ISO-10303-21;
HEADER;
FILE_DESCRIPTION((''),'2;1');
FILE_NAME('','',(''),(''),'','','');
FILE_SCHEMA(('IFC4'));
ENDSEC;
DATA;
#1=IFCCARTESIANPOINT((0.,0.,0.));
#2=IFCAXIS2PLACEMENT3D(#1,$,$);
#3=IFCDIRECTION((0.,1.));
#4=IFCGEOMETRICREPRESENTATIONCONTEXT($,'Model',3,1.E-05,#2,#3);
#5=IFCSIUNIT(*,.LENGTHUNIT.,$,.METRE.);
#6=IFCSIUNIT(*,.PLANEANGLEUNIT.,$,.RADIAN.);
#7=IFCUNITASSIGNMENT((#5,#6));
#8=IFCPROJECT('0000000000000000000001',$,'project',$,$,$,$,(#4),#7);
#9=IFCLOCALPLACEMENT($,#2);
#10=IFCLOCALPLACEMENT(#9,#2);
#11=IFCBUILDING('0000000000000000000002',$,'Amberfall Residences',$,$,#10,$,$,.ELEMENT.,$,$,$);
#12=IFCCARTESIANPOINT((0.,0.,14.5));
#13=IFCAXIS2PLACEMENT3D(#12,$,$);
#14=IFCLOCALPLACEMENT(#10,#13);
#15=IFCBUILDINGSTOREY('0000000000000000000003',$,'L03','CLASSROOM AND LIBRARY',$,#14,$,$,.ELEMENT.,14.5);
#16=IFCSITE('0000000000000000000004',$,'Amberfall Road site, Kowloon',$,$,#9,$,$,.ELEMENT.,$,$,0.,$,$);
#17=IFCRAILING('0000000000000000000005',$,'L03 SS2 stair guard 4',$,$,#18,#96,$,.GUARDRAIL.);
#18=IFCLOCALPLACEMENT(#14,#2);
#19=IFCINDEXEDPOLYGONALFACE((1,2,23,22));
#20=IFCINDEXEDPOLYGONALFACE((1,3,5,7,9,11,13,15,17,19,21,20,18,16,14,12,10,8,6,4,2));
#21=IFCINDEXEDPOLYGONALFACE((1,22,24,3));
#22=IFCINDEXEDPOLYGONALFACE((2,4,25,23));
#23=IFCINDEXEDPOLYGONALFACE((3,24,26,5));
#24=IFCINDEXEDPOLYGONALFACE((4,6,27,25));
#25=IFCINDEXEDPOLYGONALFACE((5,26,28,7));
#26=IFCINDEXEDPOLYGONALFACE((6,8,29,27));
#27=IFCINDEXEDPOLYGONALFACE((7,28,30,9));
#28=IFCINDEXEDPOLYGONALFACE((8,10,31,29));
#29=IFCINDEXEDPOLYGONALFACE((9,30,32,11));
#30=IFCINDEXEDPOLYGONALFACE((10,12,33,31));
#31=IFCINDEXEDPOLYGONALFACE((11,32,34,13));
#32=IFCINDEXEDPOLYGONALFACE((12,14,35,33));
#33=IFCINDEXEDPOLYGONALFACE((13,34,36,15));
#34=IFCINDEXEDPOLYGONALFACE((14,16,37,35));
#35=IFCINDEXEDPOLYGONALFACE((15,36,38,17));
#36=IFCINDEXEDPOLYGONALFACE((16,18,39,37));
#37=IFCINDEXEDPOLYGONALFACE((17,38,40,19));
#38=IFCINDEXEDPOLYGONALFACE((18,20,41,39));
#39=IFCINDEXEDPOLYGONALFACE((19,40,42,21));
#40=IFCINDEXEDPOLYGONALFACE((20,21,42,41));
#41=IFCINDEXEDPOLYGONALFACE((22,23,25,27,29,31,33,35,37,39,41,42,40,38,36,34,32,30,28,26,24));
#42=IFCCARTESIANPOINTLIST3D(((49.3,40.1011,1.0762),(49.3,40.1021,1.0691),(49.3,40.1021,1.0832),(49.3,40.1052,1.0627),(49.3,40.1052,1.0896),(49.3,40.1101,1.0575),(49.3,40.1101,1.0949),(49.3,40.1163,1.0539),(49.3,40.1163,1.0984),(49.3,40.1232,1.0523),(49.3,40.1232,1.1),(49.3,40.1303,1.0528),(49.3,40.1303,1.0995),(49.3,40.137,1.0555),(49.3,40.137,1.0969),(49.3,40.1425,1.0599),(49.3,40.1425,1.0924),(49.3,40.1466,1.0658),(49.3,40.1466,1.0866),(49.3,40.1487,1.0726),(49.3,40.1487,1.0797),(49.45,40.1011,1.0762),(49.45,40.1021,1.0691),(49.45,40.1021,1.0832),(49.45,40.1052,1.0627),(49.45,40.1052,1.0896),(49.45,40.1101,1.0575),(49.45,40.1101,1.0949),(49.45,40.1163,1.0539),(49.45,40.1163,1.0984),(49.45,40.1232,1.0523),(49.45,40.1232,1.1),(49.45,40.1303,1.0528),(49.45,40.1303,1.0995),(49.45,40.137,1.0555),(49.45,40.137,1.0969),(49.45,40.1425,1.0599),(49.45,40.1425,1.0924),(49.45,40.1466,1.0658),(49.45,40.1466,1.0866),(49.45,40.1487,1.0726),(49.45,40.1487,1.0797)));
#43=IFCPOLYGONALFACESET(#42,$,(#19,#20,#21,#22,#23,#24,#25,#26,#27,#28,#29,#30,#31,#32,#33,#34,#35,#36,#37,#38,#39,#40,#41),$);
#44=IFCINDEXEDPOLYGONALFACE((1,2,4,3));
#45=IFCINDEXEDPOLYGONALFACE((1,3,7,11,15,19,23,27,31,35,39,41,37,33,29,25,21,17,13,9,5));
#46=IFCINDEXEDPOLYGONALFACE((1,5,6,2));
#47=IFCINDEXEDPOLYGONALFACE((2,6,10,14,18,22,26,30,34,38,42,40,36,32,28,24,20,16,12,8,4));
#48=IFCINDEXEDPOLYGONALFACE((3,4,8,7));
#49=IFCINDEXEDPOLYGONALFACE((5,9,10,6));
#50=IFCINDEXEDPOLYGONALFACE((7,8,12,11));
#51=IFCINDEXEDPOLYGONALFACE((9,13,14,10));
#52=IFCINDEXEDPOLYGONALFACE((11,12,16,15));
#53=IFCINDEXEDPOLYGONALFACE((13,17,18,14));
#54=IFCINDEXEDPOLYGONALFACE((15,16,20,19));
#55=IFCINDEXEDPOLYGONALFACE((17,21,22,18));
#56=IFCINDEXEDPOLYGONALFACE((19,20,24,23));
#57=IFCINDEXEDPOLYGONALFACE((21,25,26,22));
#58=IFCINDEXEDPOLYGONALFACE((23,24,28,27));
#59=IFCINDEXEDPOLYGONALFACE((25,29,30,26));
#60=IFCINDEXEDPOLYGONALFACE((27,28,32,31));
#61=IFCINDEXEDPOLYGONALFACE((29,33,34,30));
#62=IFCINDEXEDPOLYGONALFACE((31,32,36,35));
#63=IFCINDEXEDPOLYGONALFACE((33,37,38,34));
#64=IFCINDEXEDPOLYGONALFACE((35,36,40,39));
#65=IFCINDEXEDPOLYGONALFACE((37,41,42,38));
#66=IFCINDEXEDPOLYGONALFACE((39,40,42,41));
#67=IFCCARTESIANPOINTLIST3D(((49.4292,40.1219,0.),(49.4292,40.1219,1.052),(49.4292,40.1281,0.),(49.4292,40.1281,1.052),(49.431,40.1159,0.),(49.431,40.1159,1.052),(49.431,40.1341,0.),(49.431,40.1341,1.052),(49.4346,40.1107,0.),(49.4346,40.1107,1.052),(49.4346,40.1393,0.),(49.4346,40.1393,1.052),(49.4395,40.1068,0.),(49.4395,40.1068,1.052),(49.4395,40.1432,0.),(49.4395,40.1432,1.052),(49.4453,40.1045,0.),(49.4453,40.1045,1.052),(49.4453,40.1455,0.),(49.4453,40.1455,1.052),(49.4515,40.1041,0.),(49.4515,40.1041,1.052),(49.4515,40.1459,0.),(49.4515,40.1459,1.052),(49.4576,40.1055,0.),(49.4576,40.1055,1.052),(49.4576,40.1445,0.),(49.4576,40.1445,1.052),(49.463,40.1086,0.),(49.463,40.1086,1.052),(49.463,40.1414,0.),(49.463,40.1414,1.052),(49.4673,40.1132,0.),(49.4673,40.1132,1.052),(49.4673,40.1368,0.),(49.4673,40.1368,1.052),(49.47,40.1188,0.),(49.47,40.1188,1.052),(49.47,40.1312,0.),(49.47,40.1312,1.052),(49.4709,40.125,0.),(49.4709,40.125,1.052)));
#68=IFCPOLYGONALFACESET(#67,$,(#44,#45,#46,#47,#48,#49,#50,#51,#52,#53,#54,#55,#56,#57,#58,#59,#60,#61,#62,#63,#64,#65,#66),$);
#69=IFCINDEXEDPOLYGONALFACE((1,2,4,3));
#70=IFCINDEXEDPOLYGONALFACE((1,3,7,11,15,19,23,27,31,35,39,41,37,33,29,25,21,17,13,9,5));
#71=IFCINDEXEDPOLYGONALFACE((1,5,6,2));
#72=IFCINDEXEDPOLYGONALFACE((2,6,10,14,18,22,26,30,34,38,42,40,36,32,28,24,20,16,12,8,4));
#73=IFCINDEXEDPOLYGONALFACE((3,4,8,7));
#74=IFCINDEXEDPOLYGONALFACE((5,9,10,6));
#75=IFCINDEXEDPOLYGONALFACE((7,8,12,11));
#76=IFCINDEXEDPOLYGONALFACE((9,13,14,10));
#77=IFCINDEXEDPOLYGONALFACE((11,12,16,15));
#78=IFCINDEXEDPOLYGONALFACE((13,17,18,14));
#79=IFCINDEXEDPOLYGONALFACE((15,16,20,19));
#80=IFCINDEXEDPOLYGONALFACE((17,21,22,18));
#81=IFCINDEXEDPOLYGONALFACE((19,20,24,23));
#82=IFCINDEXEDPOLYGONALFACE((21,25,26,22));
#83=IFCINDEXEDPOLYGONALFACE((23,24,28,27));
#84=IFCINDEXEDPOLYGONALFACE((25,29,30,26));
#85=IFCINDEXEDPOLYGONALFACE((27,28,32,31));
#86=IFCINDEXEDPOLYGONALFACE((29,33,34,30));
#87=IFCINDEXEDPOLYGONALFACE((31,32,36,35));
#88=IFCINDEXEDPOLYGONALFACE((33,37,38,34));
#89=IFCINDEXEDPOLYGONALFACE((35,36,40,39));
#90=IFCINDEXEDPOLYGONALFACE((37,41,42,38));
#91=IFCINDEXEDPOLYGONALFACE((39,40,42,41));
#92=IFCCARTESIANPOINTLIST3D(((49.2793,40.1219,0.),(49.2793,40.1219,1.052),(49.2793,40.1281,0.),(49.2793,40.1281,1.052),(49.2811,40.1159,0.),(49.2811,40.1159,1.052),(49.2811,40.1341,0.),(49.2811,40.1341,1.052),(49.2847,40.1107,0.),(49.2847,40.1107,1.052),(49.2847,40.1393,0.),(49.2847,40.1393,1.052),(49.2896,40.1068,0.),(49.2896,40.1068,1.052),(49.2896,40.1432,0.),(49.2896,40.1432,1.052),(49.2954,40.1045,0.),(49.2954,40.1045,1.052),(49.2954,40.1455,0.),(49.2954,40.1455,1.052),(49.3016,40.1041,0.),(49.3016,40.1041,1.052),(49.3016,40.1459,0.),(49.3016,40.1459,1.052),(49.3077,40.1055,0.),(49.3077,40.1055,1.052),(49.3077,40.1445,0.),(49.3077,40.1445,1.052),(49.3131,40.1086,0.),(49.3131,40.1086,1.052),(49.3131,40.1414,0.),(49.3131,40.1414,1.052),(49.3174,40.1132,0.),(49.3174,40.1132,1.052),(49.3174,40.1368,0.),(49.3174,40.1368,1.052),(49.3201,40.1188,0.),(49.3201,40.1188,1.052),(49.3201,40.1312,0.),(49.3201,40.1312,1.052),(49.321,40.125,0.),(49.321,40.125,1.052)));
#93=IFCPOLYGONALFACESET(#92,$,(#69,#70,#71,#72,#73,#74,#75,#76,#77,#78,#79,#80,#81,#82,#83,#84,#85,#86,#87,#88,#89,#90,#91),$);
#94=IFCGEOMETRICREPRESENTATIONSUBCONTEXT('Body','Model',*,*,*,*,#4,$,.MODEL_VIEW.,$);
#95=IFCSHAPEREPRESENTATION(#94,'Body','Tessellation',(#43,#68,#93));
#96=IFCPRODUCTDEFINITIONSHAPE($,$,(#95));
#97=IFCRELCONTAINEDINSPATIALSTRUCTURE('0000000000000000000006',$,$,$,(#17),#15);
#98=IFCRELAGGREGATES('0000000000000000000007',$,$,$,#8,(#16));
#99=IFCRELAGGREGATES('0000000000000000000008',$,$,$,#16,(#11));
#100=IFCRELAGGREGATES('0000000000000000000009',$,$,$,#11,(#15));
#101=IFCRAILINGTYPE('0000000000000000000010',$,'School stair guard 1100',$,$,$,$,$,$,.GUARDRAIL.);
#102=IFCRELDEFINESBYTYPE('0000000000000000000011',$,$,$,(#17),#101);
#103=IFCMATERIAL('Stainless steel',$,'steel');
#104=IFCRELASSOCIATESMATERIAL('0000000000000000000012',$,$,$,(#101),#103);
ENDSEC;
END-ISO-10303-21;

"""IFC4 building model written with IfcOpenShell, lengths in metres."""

from ifc_helpers import new_model, si_unit, direction, frame, origin, origin_2d, place, context, subcontext, project, spatial, circle, extrude, material, type_object, element, save


model = new_model("IFC4")

# Units and contexts
model_context = context("Model", 3, precision=1e-05, world=origin(), true_north=direction((0.0, 1.0)))
body_context = subcontext(model_context, "Body", "Model", "MODEL_VIEW")
ifc_project = project(units=[si_unit("LENGTHUNIT", "METRE"), si_unit("PLANEANGLEUNIT", "RADIAN")], contexts=[model_context])

# Site, building, storey
site_placement = place(None, origin())
site = spatial("IfcSite", under=ifc_project, at=site_placement, Name="Amberfall Road site, Kowloon", CompositionType="ELEMENT", RefElevation=0.0)
building_placement = place(site_placement, origin())
building = spatial("IfcBuilding", under=site, at=building_placement, Name="Amberfall Residences", CompositionType="ELEMENT")
storey_placement = place(building_placement, frame((0.0, 0.0, 14.5)))
storey = spatial("IfcBuildingStorey", under=building, at=storey_placement, Name="L03", Description="CLASSROOM AND LIBRARY", CompositionType="ELEMENT", Elevation=14.5)

# Railing
ifc_material_1 = material(Name="Stainless steel", Category="steel")
railing_type_1 = type_object("IfcRailingType", Name="School stair guard 1100", PredefinedType="GUARDRAIL", material=ifc_material_1)
railing_1_placement = place(storey_placement, frame((49.45, 40.125, 0.0)))
element("IfcRailing", 1, at=railing_1_placement, inside=storey, type_object=railing_type_1, Name="L03 SS2 stair guard 4", PredefinedType="GUARDRAIL", context=body_context, shape_type="SweptSolid", body=[
    extrude(circle(Radius=0.0239, at=origin_2d()), frame((0.0, 0.0, 1.0762), z_axis=(-1.0, 0.0, 0.0), x_axis=(0.0, -1.0, 0.0)), (0.0, 0.0, 1.0), 0.1499),
    extrude(circle(Radius=0.021, at=origin_2d()), origin(), (0.0, 0.0, 1.0), 1.052),
    extrude(circle(Radius=0.021, at=origin_2d()), frame((-0.1499, 0.0, 0.0)), (0.0, 0.0, 1.0), 1.052),
])

save(model, "model.ifc")
